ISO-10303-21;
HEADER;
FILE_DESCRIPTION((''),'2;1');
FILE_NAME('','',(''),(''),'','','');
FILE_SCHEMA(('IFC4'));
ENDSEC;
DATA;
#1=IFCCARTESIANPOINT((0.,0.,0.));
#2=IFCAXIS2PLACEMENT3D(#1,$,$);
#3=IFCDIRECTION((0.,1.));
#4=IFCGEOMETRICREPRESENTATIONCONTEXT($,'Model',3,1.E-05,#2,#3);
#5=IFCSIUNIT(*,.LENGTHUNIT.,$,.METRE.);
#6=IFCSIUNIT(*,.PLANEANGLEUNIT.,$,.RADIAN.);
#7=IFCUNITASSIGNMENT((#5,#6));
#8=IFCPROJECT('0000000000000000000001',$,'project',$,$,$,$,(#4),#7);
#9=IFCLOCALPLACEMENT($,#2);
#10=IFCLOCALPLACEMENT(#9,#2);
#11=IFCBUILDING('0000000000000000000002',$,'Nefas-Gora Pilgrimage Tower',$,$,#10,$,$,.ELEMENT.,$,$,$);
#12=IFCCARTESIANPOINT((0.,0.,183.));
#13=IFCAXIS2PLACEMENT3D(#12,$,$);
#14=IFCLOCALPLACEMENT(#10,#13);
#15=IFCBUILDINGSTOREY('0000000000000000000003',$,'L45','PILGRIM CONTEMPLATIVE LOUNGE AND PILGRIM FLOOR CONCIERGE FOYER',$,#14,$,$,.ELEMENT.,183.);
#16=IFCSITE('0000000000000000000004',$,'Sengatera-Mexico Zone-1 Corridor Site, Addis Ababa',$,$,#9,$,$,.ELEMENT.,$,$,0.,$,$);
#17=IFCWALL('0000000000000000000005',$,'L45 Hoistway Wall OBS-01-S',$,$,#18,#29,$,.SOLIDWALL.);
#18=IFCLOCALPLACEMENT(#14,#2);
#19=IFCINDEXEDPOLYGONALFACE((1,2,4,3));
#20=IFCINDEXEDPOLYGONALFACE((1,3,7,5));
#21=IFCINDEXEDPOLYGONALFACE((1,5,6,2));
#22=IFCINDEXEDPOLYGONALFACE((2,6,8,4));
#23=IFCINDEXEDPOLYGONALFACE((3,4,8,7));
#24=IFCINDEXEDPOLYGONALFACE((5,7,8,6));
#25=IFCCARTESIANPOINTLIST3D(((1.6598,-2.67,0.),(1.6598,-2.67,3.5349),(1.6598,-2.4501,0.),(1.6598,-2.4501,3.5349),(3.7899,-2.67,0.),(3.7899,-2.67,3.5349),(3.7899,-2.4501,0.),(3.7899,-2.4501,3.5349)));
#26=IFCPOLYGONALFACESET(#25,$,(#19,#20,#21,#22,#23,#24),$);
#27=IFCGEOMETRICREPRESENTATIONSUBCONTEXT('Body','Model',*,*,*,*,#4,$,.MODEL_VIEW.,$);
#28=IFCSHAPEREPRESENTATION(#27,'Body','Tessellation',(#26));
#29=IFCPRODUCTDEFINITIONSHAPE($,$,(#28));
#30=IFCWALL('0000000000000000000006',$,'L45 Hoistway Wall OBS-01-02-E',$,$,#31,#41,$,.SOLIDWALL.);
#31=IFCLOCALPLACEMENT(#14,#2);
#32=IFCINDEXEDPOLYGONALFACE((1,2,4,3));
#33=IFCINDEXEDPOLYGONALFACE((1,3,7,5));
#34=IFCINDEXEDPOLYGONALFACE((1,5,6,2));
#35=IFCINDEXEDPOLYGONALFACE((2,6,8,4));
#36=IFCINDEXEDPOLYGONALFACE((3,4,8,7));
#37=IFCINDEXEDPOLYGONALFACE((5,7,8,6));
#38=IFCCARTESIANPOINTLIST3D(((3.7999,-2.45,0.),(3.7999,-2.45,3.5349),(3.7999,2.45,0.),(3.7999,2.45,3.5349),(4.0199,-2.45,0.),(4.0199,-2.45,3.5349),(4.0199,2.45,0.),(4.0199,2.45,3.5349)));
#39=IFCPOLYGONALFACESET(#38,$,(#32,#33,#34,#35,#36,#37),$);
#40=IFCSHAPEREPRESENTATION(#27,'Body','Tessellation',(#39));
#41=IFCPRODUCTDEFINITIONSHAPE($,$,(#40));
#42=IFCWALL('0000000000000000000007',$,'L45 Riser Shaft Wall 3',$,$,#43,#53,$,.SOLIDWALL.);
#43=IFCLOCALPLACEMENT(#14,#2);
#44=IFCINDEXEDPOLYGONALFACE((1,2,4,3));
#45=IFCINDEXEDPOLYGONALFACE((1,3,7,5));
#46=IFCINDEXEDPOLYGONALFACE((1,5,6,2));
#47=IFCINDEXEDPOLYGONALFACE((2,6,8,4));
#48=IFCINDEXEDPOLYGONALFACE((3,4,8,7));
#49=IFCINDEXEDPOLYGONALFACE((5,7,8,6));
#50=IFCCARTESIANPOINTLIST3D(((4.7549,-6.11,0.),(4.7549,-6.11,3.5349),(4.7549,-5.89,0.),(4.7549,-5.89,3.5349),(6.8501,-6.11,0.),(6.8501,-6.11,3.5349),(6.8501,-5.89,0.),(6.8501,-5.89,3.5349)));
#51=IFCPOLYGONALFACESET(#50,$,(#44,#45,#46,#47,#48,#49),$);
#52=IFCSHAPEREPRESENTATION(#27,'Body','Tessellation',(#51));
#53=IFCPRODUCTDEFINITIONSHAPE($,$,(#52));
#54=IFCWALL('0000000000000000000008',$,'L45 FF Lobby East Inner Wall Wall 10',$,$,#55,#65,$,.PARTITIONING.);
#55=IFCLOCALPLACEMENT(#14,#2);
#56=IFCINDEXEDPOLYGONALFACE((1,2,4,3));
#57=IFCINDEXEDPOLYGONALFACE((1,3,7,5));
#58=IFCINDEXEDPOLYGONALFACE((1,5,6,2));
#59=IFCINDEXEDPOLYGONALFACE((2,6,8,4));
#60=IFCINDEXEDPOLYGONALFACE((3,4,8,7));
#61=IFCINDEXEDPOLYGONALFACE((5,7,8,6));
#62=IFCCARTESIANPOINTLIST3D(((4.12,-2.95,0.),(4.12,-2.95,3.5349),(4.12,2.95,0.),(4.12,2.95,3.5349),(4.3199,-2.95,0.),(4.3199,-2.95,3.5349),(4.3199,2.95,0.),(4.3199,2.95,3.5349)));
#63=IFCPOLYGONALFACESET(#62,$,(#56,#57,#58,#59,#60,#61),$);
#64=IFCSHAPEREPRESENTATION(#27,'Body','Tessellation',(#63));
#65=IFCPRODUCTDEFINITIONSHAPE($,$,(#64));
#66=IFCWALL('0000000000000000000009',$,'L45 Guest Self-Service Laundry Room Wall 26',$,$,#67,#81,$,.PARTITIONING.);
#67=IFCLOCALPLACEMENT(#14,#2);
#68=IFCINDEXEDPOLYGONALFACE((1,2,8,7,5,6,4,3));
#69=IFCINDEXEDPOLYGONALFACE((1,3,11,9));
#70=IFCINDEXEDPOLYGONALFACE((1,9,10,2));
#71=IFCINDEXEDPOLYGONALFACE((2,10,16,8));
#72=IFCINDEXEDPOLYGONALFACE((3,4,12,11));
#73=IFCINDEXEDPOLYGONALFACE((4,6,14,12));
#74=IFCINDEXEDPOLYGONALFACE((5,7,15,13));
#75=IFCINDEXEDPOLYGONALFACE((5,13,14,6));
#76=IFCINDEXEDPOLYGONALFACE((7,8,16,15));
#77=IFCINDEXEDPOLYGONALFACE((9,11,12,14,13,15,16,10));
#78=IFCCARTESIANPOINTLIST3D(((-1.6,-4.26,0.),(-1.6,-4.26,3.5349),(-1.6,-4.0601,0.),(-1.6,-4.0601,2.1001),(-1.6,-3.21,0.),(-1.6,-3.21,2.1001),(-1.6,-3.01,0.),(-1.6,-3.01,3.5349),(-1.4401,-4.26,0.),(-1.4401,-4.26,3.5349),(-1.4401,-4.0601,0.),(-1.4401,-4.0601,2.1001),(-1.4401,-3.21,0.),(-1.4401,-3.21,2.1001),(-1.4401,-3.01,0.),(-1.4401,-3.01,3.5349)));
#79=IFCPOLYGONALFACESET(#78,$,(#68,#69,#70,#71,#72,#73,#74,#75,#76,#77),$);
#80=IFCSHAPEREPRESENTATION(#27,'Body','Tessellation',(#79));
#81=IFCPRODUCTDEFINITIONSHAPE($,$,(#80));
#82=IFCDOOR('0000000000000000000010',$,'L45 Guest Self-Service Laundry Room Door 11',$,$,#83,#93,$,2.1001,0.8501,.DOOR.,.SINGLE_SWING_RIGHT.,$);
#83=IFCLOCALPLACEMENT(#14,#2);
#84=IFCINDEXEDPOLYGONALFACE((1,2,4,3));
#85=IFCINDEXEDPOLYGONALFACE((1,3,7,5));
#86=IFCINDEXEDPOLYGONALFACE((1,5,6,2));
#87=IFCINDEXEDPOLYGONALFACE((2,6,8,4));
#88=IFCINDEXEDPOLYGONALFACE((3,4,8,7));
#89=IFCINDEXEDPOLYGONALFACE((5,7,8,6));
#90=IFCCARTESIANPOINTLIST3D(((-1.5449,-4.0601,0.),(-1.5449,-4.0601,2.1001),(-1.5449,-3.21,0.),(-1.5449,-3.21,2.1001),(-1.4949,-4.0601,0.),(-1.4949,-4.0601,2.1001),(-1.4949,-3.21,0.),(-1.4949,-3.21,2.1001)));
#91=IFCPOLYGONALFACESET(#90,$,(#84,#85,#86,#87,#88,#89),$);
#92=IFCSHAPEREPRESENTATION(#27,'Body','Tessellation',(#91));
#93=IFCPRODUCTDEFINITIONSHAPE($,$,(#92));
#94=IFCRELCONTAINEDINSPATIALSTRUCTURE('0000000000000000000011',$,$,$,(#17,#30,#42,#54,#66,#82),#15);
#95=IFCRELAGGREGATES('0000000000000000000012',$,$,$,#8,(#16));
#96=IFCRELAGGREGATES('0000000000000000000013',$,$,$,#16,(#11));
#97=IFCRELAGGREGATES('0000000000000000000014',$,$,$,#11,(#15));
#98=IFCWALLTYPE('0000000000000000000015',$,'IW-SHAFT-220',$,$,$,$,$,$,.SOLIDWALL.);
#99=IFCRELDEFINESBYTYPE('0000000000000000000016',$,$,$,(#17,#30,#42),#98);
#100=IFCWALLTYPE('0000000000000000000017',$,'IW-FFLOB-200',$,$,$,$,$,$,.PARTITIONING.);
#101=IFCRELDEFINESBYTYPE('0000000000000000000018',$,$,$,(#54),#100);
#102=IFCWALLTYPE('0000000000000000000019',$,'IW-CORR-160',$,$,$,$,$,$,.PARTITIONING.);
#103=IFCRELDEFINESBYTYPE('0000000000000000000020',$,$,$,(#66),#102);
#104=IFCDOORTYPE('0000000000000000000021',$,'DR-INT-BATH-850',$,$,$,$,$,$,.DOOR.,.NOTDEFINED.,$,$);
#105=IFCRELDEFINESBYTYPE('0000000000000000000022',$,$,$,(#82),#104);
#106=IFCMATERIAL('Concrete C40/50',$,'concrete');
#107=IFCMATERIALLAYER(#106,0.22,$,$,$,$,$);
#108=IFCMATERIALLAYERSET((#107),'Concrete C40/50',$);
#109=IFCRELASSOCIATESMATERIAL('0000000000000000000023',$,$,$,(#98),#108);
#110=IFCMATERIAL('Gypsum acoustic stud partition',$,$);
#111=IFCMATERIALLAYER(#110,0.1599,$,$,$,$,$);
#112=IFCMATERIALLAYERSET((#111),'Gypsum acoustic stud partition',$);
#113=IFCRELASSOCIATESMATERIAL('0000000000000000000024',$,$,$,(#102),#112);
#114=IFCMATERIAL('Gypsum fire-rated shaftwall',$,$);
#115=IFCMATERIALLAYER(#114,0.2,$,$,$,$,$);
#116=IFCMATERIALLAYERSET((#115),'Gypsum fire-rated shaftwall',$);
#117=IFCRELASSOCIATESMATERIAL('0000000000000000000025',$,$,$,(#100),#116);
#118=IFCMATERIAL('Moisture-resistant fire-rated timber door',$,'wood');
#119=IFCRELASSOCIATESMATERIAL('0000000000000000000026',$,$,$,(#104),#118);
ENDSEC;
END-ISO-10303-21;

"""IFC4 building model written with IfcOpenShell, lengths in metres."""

from ifc_helpers import new_model, si_unit, direction, frame, frame_2d, origin, place, context, subcontext, project, spatial, rectangle, extrude, source, transform, mapped, material, layer, layer_set, type_object, element, fill, save


model = new_model("IFC4")

# Units and contexts
model_context = context("Model", 3, precision=1e-05, world=origin(), true_north=direction((0.0, 1.0)))
body_context = subcontext(model_context, "Body", "Model", "MODEL_VIEW")
ifc_project = project(units=[si_unit("LENGTHUNIT", "METRE"), si_unit("PLANEANGLEUNIT", "RADIAN")], contexts=[model_context])

# Site, building, storey
site_placement = place(None, origin())
site = spatial("IfcSite", under=ifc_project, at=site_placement, Name="Sengatera-Mexico Zone-1 Corridor Site, Addis Ababa", CompositionType="ELEMENT", RefElevation=0.0)
building_placement = place(site_placement, origin())
building = spatial("IfcBuilding", under=site, at=building_placement, Name="Nefas-Gora Pilgrimage Tower", CompositionType="ELEMENT")
storey_placement = place(building_placement, frame((0.0, 0.0, 183.0)))
storey = spatial("IfcBuildingStorey", under=building, at=storey_placement, Name="L45", Description="PILGRIM CONTEMPLATIVE LOUNGE AND PILGRIM FLOOR CONCIERGE FOYER", CompositionType="ELEMENT", Elevation=183.0)

# Shared definitions
ifc_material_1 = material(Name="Concrete C40/50", Category="concrete")

# Shared definitions
ifc_layer_1 = layer(ifc_material_1, 0.22)
ifc_layer_set_1 = layer_set([ifc_layer_1], Name="Concrete C40/50")
wall_type_1 = type_object("IfcWallType", Name="IW-SHAFT-220", PredefinedType="SOLIDWALL", material=ifc_layer_set_1)

# Walls
ifc_material_2 = material(Name="Gypsum acoustic stud partition")
ifc_layer_2 = layer(ifc_material_2, 0.1599)
ifc_layer_set_2 = layer_set([ifc_layer_2], Name="Gypsum acoustic stud partition")
wall_type_2 = type_object("IfcWallType", Name="IW-CORR-160", PredefinedType="PARTITIONING", material=ifc_layer_set_2)
shared_shape_1 = source(origin(), body_context, "Body", "SweptSolid", [
    extrude(rectangle(XDim=2.1301, YDim=0.22, at=frame_2d((1.0649, 0.0))), origin(), (0.0, 0.0, 1.0), 3.5349),
])
wall_1_placement = place(storey_placement, frame((1.6599, -2.5601, 0.0), z_axis=(0.0, 0.0, 1.0), x_axis=(1.0, 0.0, 0.0)))
element("IfcWall", 1, at=wall_1_placement, inside=storey, type_object=wall_type_1, Name="L45 Hoistway Wall OBS-01-S", PredefinedType="SOLIDWALL", context=body_context, shape_type="MappedRepresentation", body=[
    mapped(shared_shape_1, transform((0.0, 0.0, 0.0), x_axis=(1.0, 0.0, 0.0), y_axis=(0.0, 1.0, 0.0), z_axis=(0.0, 0.0, 1.0), scale=1.0)),
])
shared_shape_2 = source(origin(), body_context, "Body", "SweptSolid", [
    extrude(rectangle(XDim=4.8999, YDim=0.22, at=frame_2d((2.45, 0.0))), origin(), (0.0, 0.0, 1.0), 3.5349),
])
wall_2_placement = place(storey_placement, frame((3.9099, -2.45, 0.0), z_axis=(0.0, 0.0, 1.0), x_axis=(0.0, 1.0, 0.0)))
element("IfcWall", 2, at=wall_2_placement, inside=storey, type_object=wall_type_1, Name="L45 Hoistway Wall OBS-01-02-E", PredefinedType="SOLIDWALL", context=body_context, shape_type="MappedRepresentation", body=[
    mapped(shared_shape_2, transform((0.0, 0.0, 0.0), x_axis=(1.0, 0.0, 0.0), y_axis=(0.0, 1.0, 0.0), z_axis=(0.0, 0.0, 1.0), scale=1.0)),
])
shared_shape_3 = source(origin(), body_context, "Body", "SweptSolid", [
    extrude(rectangle(XDim=2.0952, YDim=0.22, at=frame_2d((1.0476, 0.0))), origin(), (0.0, 0.0, 1.0), 3.5349),
])
wall_3_placement = place(storey_placement, frame((4.7549, -6.0, 0.0), z_axis=(0.0, 0.0, 1.0), x_axis=(1.0, 0.0, 0.0)))
element("IfcWall", 3, at=wall_3_placement, inside=storey, type_object=wall_type_1, Name="L45 Riser Shaft Wall 3", PredefinedType="SOLIDWALL", context=body_context, shape_type="MappedRepresentation", body=[
    mapped(shared_shape_3, transform((0.0, 0.0, 0.0), x_axis=(1.0, 0.0, 0.0), y_axis=(0.0, 1.0, 0.0), z_axis=(0.0, 0.0, 1.0), scale=1.0)),
])
ifc_material_3 = material(Name="Gypsum fire-rated shaftwall")
ifc_layer_3 = layer(ifc_material_3, 0.2)
ifc_layer_set_3 = layer_set([ifc_layer_3], Name="Gypsum fire-rated shaftwall")
wall_type_3 = type_object("IfcWallType", Name="IW-FFLOB-200", PredefinedType="PARTITIONING", material=ifc_layer_set_3)
shared_shape_4 = source(origin(), body_context, "Body", "SweptSolid", [
    extrude(rectangle(XDim=5.8999, YDim=0.2, at=frame_2d((2.95, 0.0))), origin(), (0.0, 0.0, 1.0), 3.5349),
])
wall_4_placement = place(storey_placement, frame((4.22, -2.95, 0.0), z_axis=(0.0, 0.0, 1.0), x_axis=(0.0, 1.0, 0.0)))
element("IfcWall", 4, at=wall_4_placement, inside=storey, type_object=wall_type_3, Name="L45 FF Lobby East Inner Wall Wall 10", PredefinedType="PARTITIONING", context=body_context, shape_type="MappedRepresentation", body=[
    mapped(shared_shape_4, transform((0.0, 0.0, 0.0), x_axis=(1.0, 0.0, 0.0), y_axis=(0.0, 1.0, 0.0), z_axis=(0.0, 0.0, 1.0), scale=1.0)),
])

# Wall, opening, door
shared_shape_5 = source(origin(), body_context, "Body", "SweptSolid", [
    extrude(rectangle(XDim=1.25, YDim=0.1599, at=frame_2d((0.625, 0.0))), origin(), (0.0, 0.0, 1.0), 3.5349),
])
wall_5_placement = place(storey_placement, frame((-1.52, -4.26, 0.0), z_axis=(0.0, 0.0, 1.0), x_axis=(0.0, 1.0, 0.0)))
wall_5 = element("IfcWall", 5, at=wall_5_placement, inside=storey, type_object=wall_type_2, Name="L45 Guest Self-Service Laundry Room Wall 26", PredefinedType="PARTITIONING", context=body_context, shape_type="MappedRepresentation", body=[
    mapped(shared_shape_5, transform((0.0, 0.0, 0.0), x_axis=(1.0, 0.0, 0.0), y_axis=(0.0, 1.0, 0.0), z_axis=(0.0, 0.0, 1.0), scale=1.0)),
])
opening_1_placement = place(wall_5_placement, frame((0.2, 0.0, 0.0)))
opening_1 = element("IfcOpeningElement", 6, at=opening_1_placement, cuts=wall_5, PredefinedType="OPENING", context=body_context, shape_type="SweptSolid", body=[
    extrude(rectangle(XDim=0.8501, YDim=2.1001, at=frame_2d((0.425, 1.05))), frame((0.0, 0.0898, 0.0), z_axis=(0.0, -1.0, 0.0), x_axis=(1.0, 0.0, 0.0)), (0.0, 0.0, 1.0), 0.1799),
])
ifc_material_4 = material(Name="Moisture-resistant fire-rated timber door", Category="wood")
door_type_1 = type_object("IfcDoorType", Name="DR-INT-BATH-850", OperationType="NOTDEFINED", PredefinedType="DOOR", material=ifc_material_4)
shared_shape_6 = source(origin(), body_context, "Body", "SweptSolid", [
    extrude(rectangle(XDim=0.8501, YDim=2.1001, at=frame_2d((0.425, 1.05))), frame((0.0, 0.0249, 0.0), z_axis=(0.0, -1.0, 0.0), x_axis=(1.0, 0.0, 0.0)), (0.0, 0.0, 1.0), 0.05),
])
door_1_placement = place(opening_1_placement, origin())
door_1 = element("IfcDoor", 7, at=door_1_placement, inside=storey, type_object=door_type_1, Name="L45 Guest Self-Service Laundry Room Door 11", OperationType="SINGLE_SWING_RIGHT", OverallHeight=2.1001, OverallWidth=0.8501, PredefinedType="DOOR", context=body_context, shape_type="MappedRepresentation", body=[
    mapped(shared_shape_6, transform((0.0, 0.0, 0.0), x_axis=(1.0, 0.0, 0.0), y_axis=(0.0, 1.0, 0.0), z_axis=(0.0, 0.0, 1.0), scale=1.0)),
])
fill(opening_1, door_1)

save(model, "model.ifc")
